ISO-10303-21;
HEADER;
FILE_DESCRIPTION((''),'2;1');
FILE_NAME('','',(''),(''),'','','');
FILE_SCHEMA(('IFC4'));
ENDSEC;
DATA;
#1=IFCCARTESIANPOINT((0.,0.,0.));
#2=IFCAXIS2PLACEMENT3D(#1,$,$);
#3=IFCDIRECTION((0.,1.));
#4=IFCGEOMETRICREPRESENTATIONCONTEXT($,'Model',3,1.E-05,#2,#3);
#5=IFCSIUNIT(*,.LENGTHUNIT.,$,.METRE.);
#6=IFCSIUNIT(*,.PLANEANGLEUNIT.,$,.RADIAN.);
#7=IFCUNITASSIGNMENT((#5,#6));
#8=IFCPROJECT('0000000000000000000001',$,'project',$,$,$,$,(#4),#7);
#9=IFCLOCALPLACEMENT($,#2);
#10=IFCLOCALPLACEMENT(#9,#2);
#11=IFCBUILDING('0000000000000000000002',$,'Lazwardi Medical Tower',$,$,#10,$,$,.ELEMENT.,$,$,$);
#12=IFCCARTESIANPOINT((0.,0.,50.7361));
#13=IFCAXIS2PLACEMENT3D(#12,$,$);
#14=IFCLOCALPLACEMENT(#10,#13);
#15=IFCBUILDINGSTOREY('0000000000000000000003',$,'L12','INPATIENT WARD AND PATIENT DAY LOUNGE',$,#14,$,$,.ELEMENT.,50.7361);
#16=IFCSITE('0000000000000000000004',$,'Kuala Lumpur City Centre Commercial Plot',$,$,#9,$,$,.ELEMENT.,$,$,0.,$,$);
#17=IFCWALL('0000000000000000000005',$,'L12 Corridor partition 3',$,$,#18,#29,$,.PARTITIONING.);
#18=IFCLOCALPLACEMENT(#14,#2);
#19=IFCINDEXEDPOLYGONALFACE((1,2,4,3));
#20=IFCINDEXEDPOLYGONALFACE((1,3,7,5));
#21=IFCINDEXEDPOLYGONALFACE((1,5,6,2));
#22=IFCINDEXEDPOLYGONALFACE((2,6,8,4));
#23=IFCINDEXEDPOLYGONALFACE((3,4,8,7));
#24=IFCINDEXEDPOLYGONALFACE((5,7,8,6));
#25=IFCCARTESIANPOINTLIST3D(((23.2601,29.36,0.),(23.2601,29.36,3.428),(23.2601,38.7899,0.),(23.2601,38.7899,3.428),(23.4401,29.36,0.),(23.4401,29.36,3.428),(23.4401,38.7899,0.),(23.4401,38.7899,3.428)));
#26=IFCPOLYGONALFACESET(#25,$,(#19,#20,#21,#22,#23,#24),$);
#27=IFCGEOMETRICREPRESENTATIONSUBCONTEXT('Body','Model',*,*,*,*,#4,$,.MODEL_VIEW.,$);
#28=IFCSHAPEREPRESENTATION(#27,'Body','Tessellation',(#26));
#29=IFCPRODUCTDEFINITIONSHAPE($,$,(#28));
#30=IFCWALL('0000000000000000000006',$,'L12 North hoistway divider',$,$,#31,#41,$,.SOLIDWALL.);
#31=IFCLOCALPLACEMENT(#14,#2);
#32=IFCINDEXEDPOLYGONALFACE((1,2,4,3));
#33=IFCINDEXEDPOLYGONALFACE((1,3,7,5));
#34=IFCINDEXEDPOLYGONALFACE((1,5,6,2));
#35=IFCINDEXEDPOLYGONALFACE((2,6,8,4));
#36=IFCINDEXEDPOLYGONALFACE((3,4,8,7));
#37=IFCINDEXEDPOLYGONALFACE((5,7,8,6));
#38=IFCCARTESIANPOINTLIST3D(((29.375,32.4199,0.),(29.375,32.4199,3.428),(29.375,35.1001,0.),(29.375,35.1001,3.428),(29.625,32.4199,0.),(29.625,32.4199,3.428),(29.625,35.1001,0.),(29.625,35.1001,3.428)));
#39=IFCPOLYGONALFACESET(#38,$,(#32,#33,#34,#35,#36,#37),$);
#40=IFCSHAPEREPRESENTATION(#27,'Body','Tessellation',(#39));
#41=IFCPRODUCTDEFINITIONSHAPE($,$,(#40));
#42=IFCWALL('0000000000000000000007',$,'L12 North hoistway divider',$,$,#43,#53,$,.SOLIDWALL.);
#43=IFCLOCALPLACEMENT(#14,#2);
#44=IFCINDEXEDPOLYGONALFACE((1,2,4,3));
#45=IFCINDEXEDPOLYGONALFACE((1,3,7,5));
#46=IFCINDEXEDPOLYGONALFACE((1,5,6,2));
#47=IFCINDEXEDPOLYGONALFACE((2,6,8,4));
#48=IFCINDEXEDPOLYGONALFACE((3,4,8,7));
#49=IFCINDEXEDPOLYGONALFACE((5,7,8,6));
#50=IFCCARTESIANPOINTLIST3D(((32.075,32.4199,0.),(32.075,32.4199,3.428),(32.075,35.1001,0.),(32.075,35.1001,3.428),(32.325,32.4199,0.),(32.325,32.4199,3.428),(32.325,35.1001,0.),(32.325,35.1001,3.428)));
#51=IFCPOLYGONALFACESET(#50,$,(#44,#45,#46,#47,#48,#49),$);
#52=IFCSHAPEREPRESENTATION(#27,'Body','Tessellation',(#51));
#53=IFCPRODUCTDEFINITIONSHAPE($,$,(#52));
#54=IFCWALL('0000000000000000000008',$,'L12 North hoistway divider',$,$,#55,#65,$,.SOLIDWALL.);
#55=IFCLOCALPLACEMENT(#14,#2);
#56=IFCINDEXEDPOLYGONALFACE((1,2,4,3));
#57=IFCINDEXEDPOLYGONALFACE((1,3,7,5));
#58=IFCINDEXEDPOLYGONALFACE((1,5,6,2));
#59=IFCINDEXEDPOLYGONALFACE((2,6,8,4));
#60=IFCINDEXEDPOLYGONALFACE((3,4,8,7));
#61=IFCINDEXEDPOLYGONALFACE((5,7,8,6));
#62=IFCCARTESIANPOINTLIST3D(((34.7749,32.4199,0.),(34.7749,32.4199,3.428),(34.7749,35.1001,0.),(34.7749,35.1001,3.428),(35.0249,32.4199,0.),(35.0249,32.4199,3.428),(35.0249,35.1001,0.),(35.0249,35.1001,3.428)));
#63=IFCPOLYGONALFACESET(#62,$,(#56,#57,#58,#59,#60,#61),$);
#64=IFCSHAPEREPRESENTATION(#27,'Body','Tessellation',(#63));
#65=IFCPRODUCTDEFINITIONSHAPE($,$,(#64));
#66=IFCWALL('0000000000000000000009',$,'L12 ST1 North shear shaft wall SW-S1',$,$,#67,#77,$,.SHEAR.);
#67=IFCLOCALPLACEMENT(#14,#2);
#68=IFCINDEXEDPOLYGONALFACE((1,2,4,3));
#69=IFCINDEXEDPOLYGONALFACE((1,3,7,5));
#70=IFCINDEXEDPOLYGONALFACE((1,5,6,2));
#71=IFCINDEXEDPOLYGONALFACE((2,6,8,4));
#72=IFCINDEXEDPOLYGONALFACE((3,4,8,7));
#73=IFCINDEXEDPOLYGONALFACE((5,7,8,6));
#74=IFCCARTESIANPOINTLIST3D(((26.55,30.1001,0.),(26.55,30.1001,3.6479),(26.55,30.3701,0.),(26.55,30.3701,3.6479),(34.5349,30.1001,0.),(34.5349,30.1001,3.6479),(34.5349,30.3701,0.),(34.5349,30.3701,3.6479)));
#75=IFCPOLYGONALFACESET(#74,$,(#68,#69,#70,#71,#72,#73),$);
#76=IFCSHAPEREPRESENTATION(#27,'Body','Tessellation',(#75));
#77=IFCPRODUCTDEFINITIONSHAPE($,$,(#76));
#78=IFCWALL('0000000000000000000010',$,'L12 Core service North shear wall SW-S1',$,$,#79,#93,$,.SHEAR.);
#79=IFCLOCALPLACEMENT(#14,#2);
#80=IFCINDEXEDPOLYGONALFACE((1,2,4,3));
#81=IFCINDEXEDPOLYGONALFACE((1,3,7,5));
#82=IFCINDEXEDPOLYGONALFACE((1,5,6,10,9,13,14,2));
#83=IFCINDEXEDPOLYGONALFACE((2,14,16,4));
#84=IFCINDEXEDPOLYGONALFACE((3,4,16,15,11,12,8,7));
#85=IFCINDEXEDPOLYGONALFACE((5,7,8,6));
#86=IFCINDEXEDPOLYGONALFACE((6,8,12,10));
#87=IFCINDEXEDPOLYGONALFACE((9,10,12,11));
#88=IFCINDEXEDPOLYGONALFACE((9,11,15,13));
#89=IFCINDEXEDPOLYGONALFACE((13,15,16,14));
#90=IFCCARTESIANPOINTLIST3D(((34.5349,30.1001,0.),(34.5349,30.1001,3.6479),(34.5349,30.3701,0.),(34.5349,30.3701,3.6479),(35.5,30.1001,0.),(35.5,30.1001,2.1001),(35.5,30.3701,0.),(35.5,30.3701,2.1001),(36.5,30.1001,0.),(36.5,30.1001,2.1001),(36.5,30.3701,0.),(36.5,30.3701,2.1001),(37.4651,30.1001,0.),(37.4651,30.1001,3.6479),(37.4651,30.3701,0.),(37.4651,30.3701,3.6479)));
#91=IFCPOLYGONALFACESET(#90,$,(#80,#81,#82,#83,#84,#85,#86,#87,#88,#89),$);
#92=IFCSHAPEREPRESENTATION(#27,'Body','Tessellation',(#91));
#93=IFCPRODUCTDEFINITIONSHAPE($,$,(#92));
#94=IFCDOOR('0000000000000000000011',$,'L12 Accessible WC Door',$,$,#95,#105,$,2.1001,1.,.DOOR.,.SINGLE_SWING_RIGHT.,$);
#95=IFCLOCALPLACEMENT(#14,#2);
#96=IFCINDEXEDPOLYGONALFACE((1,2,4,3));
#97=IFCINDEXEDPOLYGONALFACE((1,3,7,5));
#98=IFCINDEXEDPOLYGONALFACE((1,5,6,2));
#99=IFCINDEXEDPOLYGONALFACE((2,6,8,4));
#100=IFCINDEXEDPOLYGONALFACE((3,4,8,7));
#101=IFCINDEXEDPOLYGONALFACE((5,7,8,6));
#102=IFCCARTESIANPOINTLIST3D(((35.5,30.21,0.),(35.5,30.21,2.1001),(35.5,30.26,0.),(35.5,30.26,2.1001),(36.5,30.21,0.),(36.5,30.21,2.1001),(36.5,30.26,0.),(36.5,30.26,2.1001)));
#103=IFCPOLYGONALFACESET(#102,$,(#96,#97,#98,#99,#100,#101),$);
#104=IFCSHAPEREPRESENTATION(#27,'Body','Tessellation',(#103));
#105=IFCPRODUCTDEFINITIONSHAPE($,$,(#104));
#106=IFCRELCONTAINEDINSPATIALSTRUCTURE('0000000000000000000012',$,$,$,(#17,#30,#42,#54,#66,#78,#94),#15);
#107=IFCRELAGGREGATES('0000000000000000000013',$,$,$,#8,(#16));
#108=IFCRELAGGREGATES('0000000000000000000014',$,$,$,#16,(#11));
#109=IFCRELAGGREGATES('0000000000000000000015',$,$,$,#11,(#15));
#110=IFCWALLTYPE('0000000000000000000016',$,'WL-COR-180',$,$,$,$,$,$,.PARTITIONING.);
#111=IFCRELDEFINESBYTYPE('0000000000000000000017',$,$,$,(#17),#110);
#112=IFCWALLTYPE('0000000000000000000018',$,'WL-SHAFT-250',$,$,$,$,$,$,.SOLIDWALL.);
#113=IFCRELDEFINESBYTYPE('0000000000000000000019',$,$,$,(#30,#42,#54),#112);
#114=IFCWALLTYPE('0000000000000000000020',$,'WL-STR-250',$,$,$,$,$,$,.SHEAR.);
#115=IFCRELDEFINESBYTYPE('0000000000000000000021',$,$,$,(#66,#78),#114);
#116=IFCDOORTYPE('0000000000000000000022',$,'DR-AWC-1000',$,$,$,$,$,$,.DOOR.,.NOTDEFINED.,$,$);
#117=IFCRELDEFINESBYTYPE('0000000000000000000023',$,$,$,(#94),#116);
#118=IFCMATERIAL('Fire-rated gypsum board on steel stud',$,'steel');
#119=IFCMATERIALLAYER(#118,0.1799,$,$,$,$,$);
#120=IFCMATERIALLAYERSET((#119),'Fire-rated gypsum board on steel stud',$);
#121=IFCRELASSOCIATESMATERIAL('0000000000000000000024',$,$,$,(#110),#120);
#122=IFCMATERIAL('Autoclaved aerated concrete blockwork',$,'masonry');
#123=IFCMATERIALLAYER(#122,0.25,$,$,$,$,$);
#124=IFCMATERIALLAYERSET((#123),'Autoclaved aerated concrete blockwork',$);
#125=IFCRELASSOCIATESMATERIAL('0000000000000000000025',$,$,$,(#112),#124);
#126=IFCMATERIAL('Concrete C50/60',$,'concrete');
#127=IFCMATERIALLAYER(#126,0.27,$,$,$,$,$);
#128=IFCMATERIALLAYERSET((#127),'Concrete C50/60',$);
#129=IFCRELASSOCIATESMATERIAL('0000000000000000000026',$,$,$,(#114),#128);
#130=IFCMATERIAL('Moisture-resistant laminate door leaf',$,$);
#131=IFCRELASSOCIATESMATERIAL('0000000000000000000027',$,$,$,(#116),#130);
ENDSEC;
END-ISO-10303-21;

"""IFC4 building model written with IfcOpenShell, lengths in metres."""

from ifc_helpers import new_model, si_unit, direction, frame, frame_2d, origin, place, context, subcontext, project, spatial, rectangle, extrude, material, layer, layer_set, type_object, element, fill, save


model = new_model("IFC4")

# Units and contexts
model_context = context("Model", 3, precision=1e-05, world=origin(), true_north=direction((0.0, 1.0)))
body_context = subcontext(model_context, "Body", "Model", "MODEL_VIEW")
ifc_project = project(units=[si_unit("LENGTHUNIT", "METRE"), si_unit("PLANEANGLEUNIT", "RADIAN")], contexts=[model_context])

# Site, building, storey
site_placement = place(None, origin())
site = spatial("IfcSite", under=ifc_project, at=site_placement, Name="Kuala Lumpur City Centre Commercial Plot", CompositionType="ELEMENT", RefElevation=0.0)
building_placement = place(site_placement, origin())
building = spatial("IfcBuilding", under=site, at=building_placement, Name="Lazwardi Medical Tower", CompositionType="ELEMENT")
storey_placement = place(building_placement, frame((0.0, 0.0, 50.7361)))
storey = spatial("IfcBuildingStorey", under=building, at=storey_placement, Name="L12", Description="INPATIENT WARD AND PATIENT DAY LOUNGE", CompositionType="ELEMENT", Elevation=50.7361)

# Walls
ifc_material_1 = material(Name="Fire-rated gypsum board on steel stud", Category="steel")
ifc_layer_1 = layer(ifc_material_1, 0.1799)
ifc_layer_set_1 = layer_set([ifc_layer_1], Name="Fire-rated gypsum board on steel stud")
wall_type_1 = type_object("IfcWallType", Name="WL-COR-180", PredefinedType="PARTITIONING", material=ifc_layer_set_1)
wall_1_placement = place(storey_placement, frame((23.3501, 29.3601, 0.0), z_axis=(0.0, 0.0, 1.0), x_axis=(0.0, 1.0, 0.0)))
element("IfcWall", 1, at=wall_1_placement, inside=storey, type_object=wall_type_1, Name="L12 Corridor partition 3", PredefinedType="PARTITIONING", context=body_context, shape_type="SweptSolid", body=[
    extrude(rectangle(XDim=9.4299, YDim=0.1799, at=frame_2d((4.7148, 0.0))), origin(), (0.0, 0.0, 1.0), 3.428),
])
ifc_material_2 = material(Name="Autoclaved aerated concrete blockwork", Category="masonry")
ifc_layer_2 = layer(ifc_material_2, 0.25)
ifc_layer_set_2 = layer_set([ifc_layer_2], Name="Autoclaved aerated concrete blockwork")
wall_type_2 = type_object("IfcWallType", Name="WL-SHAFT-250", PredefinedType="SOLIDWALL", material=ifc_layer_set_2)
for number, where, z_axis, x_axis, name in (
    (2, (29.5, 32.4199, 0.0), (0.0, 0.0, 1.0), (0.0, 1.0, 0.0), "L12 North hoistway divider"),
    (3, (32.2, 32.4199, 0.0), (0.0, 0.0, 1.0), (0.0, 1.0, 0.0), "L12 North hoistway divider"),
    (4, (34.8999, 32.4199, 0.0), (0.0, 0.0, 1.0), (0.0, 1.0, 0.0), "L12 North hoistway divider"),
):
    element("IfcWall", number, at=place(storey_placement, frame(where, z_axis=z_axis, x_axis=x_axis)), inside=storey, type_object=wall_type_2, Name=name, PredefinedType="SOLIDWALL", context=body_context, shape_type="SweptSolid", body=[
        extrude(rectangle(XDim=2.6802, YDim=0.25, at=frame_2d((1.3401, 0.0))), origin(), (0.0, 0.0, 1.0), 3.428),
    ])
ifc_material_3 = material(Name="Concrete C50/60", Category="concrete")
ifc_layer_3 = layer(ifc_material_3, 0.27)
ifc_layer_set_3 = layer_set([ifc_layer_3], Name="Concrete C50/60")
wall_type_3 = type_object("IfcWallType", Name="WL-STR-250", PredefinedType="SHEAR", material=ifc_layer_set_3)
wall_2_placement = place(storey_placement, frame((26.55, 30.2351, 0.0), z_axis=(0.0, 0.0, 1.0), x_axis=(1.0, 0.0, 0.0)))
element("IfcWall", 5, at=wall_2_placement, inside=storey, type_object=wall_type_3, Name="L12 ST1 North shear shaft wall SW-S1", PredefinedType="SHEAR", context=body_context, shape_type="SweptSolid", body=[
    extrude(rectangle(XDim=7.9849, YDim=0.27, at=frame_2d((3.9924, 0.0))), origin(), (0.0, 0.0, 1.0), 3.6479),
])

# Wall, opening, door
wall_3_placement = place(storey_placement, frame((34.5349, 30.2351, 0.0), z_axis=(0.0, 0.0, 1.0), x_axis=(1.0, 0.0, 0.0)))
wall_3 = element("IfcWall", 6, at=wall_3_placement, inside=storey, type_object=wall_type_3, Name="L12 Core service North shear wall SW-S1", PredefinedType="SHEAR", context=body_context, shape_type="SweptSolid", body=[
    extrude(rectangle(XDim=2.9302, YDim=0.27, at=frame_2d((1.4651, 0.0))), origin(), (0.0, 0.0, 1.0), 3.6479),
])
opening_1_placement = place(wall_3_placement, frame((0.9651, 0.0, 0.0)))
opening_1 = element("IfcOpeningElement", 7, at=opening_1_placement, cuts=wall_3, PredefinedType="OPENING", context=body_context, shape_type="SweptSolid", body=[
    extrude(rectangle(XDim=1.0, YDim=2.1001, at=frame_2d((0.5, 1.05))), frame((0.0, 0.145, 0.0), z_axis=(0.0, -1.0, 0.0), x_axis=(1.0, 0.0, 0.0)), (0.0, 0.0, 1.0), 0.29),
])
ifc_material_4 = material(Name="Moisture-resistant laminate door leaf")
door_type_1 = type_object("IfcDoorType", Name="DR-AWC-1000", OperationType="NOTDEFINED", PredefinedType="DOOR", material=ifc_material_4)
door_1_placement = place(opening_1_placement, origin())
door_1 = element("IfcDoor", 8, at=door_1_placement, inside=storey, type_object=door_type_1, Name="L12 Accessible WC Door", OperationType="SINGLE_SWING_RIGHT", OverallHeight=2.1001, OverallWidth=1.0, PredefinedType="DOOR", context=body_context, shape_type="SweptSolid", body=[
    extrude(rectangle(XDim=1.0, YDim=2.1001, at=frame_2d((0.5, 1.05))), frame((0.0, 0.0249, 0.0), z_axis=(0.0, -1.0, 0.0), x_axis=(1.0, 0.0, 0.0)), (0.0, 0.0, 1.0), 0.05),
])
fill(opening_1, door_1)

save(model, "model.ifc")
